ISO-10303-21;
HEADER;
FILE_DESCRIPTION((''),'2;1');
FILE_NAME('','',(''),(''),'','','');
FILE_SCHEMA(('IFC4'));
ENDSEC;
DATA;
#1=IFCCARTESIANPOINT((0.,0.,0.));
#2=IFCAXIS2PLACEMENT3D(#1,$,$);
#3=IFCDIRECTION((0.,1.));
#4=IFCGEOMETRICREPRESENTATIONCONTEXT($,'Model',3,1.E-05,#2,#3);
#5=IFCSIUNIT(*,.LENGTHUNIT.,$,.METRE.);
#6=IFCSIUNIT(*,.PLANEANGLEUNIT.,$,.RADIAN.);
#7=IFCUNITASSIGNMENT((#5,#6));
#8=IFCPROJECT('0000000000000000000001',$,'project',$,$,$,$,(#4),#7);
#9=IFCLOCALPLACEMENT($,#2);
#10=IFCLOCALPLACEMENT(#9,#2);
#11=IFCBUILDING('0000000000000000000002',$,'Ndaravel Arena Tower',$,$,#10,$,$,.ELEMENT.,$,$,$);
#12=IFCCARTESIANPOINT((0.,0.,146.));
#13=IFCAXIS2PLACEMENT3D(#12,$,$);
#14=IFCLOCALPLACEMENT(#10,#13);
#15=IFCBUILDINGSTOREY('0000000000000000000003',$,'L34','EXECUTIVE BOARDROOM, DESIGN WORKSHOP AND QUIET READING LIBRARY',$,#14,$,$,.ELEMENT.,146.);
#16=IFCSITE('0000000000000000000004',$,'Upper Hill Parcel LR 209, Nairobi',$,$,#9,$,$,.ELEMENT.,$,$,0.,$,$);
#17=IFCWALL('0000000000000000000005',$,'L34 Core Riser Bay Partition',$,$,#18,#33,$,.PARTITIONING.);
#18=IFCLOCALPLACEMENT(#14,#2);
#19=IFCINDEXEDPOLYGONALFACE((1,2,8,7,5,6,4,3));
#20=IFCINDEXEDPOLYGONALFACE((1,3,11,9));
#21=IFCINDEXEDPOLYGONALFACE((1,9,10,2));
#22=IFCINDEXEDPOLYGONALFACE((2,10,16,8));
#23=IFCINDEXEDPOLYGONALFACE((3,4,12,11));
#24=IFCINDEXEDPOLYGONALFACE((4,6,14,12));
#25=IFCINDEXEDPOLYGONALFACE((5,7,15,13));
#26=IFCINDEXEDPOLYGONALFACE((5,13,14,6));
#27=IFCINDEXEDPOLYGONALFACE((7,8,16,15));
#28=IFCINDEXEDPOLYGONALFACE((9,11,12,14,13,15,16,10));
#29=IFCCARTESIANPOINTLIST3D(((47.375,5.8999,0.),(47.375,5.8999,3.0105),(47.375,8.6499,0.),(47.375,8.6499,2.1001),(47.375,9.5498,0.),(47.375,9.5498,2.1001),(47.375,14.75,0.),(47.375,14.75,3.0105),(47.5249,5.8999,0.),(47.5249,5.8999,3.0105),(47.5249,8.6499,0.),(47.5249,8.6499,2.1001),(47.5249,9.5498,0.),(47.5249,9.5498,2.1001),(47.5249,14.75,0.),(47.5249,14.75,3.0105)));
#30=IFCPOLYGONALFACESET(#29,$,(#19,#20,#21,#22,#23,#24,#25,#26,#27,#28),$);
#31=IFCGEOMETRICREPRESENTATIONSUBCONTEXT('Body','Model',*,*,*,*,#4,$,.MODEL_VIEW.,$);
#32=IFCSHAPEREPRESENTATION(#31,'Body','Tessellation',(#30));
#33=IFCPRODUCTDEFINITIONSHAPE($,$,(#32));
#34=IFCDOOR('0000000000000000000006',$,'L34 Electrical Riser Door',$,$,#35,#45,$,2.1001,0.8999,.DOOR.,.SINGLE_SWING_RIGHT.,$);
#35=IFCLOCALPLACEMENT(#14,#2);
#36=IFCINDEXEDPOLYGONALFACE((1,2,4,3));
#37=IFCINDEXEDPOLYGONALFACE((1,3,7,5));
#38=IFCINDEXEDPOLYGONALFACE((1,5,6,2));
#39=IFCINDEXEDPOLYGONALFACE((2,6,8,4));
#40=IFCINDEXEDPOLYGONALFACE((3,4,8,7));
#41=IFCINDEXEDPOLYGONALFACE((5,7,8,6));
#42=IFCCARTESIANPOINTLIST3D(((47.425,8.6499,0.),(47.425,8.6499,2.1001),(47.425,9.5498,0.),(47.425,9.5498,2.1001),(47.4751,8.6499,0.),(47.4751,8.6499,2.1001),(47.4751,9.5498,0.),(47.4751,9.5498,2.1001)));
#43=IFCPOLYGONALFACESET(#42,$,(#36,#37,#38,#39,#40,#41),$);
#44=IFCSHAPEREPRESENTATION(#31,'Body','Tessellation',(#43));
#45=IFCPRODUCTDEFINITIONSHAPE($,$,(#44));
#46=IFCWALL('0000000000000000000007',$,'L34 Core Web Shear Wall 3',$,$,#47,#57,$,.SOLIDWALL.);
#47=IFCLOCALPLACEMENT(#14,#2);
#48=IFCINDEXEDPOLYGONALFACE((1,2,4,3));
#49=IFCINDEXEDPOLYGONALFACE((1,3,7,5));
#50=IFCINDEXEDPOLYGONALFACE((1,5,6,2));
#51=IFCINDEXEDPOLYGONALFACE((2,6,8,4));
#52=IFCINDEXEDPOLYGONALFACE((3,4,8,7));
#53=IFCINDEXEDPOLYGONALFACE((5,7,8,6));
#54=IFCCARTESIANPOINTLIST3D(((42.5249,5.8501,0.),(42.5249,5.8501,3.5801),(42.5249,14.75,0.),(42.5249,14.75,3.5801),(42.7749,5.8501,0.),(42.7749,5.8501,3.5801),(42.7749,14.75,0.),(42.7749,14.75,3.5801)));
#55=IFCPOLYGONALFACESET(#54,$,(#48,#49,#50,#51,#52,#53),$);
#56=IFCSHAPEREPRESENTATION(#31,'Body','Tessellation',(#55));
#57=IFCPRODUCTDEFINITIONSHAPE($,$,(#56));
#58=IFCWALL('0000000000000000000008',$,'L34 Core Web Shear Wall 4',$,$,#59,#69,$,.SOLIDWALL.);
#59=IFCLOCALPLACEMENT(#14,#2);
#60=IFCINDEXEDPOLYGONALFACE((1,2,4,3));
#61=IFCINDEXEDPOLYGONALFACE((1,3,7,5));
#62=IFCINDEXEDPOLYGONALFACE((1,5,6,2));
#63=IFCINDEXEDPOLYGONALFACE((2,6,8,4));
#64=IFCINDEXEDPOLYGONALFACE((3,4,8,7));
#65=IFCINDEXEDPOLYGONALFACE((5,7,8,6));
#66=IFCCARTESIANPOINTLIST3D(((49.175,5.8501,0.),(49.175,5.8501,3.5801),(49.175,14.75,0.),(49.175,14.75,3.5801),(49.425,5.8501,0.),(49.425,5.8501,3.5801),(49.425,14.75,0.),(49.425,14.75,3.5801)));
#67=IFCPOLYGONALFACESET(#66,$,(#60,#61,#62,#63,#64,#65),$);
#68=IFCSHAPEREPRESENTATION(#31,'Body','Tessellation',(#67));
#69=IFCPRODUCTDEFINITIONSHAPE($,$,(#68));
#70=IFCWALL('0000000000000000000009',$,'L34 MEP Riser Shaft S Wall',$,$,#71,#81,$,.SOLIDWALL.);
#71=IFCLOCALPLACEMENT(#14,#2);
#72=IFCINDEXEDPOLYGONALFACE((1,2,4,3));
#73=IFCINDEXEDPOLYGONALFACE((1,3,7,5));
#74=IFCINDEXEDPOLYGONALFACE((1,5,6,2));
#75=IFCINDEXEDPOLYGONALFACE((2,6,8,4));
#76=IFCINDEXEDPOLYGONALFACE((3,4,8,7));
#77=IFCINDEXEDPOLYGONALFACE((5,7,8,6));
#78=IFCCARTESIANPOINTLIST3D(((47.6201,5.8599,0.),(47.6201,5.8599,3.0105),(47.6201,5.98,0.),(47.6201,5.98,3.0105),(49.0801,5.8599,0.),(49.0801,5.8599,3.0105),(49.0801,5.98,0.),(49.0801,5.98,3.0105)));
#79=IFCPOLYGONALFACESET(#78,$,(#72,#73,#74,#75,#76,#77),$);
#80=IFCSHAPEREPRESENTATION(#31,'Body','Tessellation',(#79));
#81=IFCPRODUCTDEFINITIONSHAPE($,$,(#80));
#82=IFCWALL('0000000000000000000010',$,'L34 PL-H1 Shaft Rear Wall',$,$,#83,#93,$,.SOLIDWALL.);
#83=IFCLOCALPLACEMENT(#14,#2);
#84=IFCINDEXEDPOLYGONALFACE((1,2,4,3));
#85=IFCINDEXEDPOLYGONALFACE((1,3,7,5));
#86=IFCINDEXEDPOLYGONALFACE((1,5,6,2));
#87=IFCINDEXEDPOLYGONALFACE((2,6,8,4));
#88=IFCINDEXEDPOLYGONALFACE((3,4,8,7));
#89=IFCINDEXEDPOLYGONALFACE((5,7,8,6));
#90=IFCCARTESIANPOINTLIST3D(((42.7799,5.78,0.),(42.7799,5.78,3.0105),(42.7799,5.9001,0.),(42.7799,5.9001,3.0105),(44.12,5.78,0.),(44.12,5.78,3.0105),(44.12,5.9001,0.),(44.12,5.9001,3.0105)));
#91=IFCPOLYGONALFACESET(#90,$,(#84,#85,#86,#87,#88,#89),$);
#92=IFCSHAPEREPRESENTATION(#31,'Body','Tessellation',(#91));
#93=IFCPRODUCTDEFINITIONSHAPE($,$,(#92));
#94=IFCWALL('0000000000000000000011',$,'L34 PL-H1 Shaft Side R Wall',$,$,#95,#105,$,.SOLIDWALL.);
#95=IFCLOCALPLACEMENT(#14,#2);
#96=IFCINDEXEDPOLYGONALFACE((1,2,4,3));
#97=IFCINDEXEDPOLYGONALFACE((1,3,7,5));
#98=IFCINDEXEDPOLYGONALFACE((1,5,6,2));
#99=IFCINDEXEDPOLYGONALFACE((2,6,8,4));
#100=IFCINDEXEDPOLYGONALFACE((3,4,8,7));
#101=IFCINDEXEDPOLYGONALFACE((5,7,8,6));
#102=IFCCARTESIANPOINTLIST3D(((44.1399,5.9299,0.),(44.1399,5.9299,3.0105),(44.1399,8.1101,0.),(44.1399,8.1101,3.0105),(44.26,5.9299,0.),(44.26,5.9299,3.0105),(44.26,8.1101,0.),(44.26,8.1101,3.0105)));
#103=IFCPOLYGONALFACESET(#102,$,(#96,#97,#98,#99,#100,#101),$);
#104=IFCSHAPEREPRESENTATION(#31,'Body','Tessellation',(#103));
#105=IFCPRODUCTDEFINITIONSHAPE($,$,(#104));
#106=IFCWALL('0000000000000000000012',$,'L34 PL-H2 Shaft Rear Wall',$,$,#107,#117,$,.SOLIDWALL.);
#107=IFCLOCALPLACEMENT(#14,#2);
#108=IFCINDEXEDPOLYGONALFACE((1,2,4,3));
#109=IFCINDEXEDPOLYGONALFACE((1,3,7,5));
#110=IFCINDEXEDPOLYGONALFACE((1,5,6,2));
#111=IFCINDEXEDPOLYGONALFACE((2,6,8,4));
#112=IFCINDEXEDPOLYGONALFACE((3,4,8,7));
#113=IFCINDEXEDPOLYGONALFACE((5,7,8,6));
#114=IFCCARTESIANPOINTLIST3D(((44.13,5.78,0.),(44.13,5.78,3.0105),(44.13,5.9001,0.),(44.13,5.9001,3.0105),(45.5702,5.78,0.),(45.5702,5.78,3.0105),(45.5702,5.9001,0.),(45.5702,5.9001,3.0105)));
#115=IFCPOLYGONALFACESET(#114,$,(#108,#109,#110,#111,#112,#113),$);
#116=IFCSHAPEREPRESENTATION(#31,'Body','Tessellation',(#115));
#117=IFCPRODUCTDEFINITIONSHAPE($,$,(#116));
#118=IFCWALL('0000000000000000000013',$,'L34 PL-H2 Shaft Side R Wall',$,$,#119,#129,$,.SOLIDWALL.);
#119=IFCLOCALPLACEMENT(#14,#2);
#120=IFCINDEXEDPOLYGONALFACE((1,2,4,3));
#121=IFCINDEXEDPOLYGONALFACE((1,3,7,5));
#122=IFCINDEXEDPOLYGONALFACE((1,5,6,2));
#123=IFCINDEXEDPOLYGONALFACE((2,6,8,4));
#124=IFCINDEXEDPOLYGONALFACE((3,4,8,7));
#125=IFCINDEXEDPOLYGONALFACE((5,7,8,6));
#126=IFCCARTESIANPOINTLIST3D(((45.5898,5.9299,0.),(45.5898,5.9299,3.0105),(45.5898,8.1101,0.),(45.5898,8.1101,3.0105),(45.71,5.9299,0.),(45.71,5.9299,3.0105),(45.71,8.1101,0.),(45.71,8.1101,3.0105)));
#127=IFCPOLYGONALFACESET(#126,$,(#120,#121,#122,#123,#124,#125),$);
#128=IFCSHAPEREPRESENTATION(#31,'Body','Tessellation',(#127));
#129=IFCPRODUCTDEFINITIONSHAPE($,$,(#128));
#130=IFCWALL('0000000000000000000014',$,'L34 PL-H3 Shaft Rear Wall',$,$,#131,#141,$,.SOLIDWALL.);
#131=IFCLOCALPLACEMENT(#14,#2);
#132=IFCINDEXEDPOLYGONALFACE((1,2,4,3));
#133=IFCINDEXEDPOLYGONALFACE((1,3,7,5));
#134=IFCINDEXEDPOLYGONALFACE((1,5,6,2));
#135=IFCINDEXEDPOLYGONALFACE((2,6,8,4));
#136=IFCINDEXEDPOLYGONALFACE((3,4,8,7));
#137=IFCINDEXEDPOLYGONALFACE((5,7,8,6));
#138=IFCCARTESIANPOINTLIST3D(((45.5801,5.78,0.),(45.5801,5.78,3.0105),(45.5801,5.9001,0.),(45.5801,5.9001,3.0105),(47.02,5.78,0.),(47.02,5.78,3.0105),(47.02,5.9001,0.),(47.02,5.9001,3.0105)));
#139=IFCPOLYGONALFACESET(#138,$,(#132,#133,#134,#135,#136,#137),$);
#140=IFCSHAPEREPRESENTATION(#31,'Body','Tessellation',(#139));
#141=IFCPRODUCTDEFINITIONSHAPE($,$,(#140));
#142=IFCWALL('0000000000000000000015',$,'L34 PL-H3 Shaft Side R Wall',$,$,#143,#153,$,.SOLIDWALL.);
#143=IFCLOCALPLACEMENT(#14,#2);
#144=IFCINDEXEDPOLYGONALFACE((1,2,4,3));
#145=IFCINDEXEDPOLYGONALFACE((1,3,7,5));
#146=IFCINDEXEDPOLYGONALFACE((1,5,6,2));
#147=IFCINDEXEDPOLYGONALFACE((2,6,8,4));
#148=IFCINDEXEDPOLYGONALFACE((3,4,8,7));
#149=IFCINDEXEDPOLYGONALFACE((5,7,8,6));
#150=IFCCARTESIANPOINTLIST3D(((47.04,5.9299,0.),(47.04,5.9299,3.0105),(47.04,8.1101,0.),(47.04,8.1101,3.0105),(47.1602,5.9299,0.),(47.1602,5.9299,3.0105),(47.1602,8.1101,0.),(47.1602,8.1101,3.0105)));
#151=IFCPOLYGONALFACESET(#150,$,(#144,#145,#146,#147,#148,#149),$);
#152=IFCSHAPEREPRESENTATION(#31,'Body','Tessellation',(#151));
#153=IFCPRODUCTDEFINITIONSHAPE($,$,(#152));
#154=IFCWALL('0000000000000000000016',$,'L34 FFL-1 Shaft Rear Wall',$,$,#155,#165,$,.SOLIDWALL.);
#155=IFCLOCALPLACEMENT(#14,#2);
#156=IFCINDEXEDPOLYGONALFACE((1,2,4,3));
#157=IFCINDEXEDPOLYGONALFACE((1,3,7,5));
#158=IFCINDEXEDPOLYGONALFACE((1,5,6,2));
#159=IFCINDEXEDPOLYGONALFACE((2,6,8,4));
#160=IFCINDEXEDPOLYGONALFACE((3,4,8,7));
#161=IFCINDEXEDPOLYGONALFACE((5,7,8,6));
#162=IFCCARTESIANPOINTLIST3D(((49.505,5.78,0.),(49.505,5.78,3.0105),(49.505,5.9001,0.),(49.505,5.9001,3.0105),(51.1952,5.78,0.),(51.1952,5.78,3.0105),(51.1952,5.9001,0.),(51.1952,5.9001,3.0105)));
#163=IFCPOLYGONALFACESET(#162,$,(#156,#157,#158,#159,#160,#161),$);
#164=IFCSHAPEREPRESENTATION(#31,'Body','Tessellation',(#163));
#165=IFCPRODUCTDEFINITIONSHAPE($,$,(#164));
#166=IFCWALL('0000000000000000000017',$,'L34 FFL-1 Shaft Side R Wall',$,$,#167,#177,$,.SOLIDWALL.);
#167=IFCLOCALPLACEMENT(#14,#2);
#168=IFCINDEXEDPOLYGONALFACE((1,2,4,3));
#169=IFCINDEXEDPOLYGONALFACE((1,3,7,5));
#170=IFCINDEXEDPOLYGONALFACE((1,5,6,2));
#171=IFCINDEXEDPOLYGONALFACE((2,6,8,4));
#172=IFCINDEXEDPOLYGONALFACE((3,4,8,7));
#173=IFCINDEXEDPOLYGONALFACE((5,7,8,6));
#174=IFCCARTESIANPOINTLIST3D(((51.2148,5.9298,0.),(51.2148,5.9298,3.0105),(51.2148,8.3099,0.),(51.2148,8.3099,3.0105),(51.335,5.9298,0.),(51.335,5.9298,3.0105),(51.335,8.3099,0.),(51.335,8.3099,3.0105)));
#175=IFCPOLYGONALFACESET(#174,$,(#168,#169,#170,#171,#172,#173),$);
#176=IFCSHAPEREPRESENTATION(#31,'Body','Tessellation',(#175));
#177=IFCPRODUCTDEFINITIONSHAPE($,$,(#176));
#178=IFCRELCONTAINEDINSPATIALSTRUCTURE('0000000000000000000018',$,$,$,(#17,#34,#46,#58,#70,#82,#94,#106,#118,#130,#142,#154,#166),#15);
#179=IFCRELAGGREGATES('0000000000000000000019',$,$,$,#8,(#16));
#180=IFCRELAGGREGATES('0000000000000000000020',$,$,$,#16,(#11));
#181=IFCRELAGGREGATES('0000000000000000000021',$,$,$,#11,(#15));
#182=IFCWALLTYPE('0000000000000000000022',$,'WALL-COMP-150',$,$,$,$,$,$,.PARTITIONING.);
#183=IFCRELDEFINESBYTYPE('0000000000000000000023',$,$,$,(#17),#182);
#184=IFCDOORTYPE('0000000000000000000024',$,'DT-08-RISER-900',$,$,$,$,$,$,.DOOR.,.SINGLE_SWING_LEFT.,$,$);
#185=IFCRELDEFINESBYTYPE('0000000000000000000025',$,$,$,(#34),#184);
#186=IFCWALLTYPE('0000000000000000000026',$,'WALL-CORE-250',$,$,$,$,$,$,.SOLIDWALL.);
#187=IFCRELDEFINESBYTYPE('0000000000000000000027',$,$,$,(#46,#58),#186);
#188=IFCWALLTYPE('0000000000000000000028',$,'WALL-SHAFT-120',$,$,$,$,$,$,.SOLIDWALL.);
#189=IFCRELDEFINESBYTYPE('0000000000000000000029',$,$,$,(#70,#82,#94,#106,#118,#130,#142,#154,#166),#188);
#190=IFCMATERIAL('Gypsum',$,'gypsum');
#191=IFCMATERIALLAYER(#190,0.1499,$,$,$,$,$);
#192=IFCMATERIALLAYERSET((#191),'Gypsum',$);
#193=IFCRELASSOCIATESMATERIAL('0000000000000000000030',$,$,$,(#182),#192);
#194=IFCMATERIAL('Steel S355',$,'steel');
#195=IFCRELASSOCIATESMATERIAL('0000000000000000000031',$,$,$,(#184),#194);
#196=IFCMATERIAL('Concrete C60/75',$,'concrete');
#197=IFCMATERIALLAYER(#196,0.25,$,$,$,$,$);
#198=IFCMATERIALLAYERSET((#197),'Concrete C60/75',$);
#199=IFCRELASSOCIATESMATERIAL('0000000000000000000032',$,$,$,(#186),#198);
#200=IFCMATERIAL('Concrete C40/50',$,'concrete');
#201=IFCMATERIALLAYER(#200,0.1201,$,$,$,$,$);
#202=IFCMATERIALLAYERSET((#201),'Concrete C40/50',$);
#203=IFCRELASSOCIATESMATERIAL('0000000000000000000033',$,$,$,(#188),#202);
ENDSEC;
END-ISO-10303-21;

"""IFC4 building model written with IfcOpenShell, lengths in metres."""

from ifc_helpers import new_model, si_unit, direction, frame, frame_2d, origin, place, context, subcontext, project, spatial, rectangle, extrude, material, layer, layer_set, type_object, element, fill, save


model = new_model("IFC4")

# Units and contexts
model_context = context("Model", 3, precision=1e-05, world=origin(), true_north=direction((0.0, 1.0)))
body_context = subcontext(model_context, "Body", "Model", "MODEL_VIEW")
ifc_project = project(units=[si_unit("LENGTHUNIT", "METRE"), si_unit("PLANEANGLEUNIT", "RADIAN")], contexts=[model_context])

# Site, building, storey
site_placement = place(None, origin())
site = spatial("IfcSite", under=ifc_project, at=site_placement, Name="Upper Hill Parcel LR 209, Nairobi", CompositionType="ELEMENT", RefElevation=0.0)
building_placement = place(site_placement, origin())
building = spatial("IfcBuilding", under=site, at=building_placement, Name="Ndaravel Arena Tower", CompositionType="ELEMENT")
storey_placement = place(building_placement, frame((0.0, 0.0, 146.0)))
storey = spatial("IfcBuildingStorey", under=building, at=storey_placement, Name="L34", Description="EXECUTIVE BOARDROOM, DESIGN WORKSHOP AND QUIET READING LIBRARY", CompositionType="ELEMENT", Elevation=146.0)

# Wall, opening, door
ifc_material_1 = material(Name="Gypsum", Category="gypsum")
ifc_layer_1 = layer(ifc_material_1, 0.1499)
ifc_layer_set_1 = layer_set([ifc_layer_1], Name="Gypsum")
wall_type_1 = type_object("IfcWallType", Name="WALL-COMP-150", PredefinedType="PARTITIONING", material=ifc_layer_set_1)
wall_1_placement = place(storey_placement, frame((47.45, 5.8999, 0.0), z_axis=(0.0, 0.0, 1.0), x_axis=(0.0, 1.0, 0.0)))
wall_1 = element("IfcWall", 1, at=wall_1_placement, inside=storey, type_object=wall_type_1, Name="L34 Core Riser Bay Partition", PredefinedType="PARTITIONING", context=body_context, shape_type="SweptSolid", body=[
    extrude(rectangle(XDim=8.8501, YDim=0.1499, at=frame_2d((4.425, 0.0))), origin(), (0.0, 0.0, 1.0), 3.0105),
])
opening_placement = place(wall_1_placement, frame((2.75, 0.0, 0.0)))
opening = element("IfcOpeningElement", 2, at=opening_placement, cuts=wall_1, PredefinedType="OPENING", context=body_context, shape_type="SweptSolid", body=[
    extrude(rectangle(XDim=0.8999, YDim=2.1001, at=frame_2d((0.45, 1.05))), frame((0.0, 0.075, 0.0), z_axis=(0.0, -1.0, 0.0), x_axis=(1.0, 0.0, 0.0)), (0.0, 0.0, 1.0), 0.1499),
])
ifc_material_2 = material(Name="Steel S355", Category="steel")
door_type = type_object("IfcDoorType", Name="DT-08-RISER-900", OperationType="SINGLE_SWING_LEFT", PredefinedType="DOOR", material=ifc_material_2)
door_placement = place(opening_placement, origin())
door = element("IfcDoor", 3, at=door_placement, inside=storey, type_object=door_type, Name="L34 Electrical Riser Door", OperationType="SINGLE_SWING_RIGHT", OverallHeight=2.1001, OverallWidth=0.8999, PredefinedType="DOOR", context=body_context, shape_type="SweptSolid", body=[
    extrude(rectangle(XDim=0.8999, YDim=2.1001, at=frame_2d((0.45, 1.05))), frame((0.0, 0.0249, 0.0), z_axis=(0.0, -1.0, 0.0), x_axis=(1.0, 0.0, 0.0)), (0.0, 0.0, 1.0), 0.05),
])
fill(opening, door)

# Walls
ifc_material_3 = material(Name="Concrete C60/75", Category="concrete")
ifc_layer_2 = layer(ifc_material_3, 0.25)
ifc_layer_set_2 = layer_set([ifc_layer_2], Name="Concrete C60/75")
wall_type_2 = type_object("IfcWallType", Name="WALL-CORE-250", PredefinedType="SOLIDWALL", material=ifc_layer_set_2)
for number, where, z_axis, x_axis, name in (
    (4, (42.6499, 5.8501, 0.0), (0.0, 0.0, 1.0), (0.0, 1.0, 0.0), "L34 Core Web Shear Wall 3"),
    (5, (49.3, 5.8501, 0.0), (0.0, 0.0, 1.0), (0.0, 1.0, 0.0), "L34 Core Web Shear Wall 4"),
):
    element("IfcWall", number, at=place(storey_placement, frame(where, z_axis=z_axis, x_axis=x_axis)), inside=storey, type_object=wall_type_2, Name=name, PredefinedType="SOLIDWALL", context=body_context, shape_type="SweptSolid", body=[
        extrude(rectangle(XDim=8.8999, YDim=0.25, at=frame_2d((4.45, 0.0))), origin(), (0.0, 0.0, 1.0), 3.5801),
    ])
ifc_material_4 = material(Name="Concrete C40/50", Category="concrete")
ifc_layer_3 = layer(ifc_material_4, 0.1201)
ifc_layer_set_3 = layer_set([ifc_layer_3], Name="Concrete C40/50")
wall_type_3 = type_object("IfcWallType", Name="WALL-SHAFT-120", PredefinedType="SOLIDWALL", material=ifc_layer_set_3)
wall_2_placement = place(storey_placement, frame((47.6201, 5.9199, 0.0), z_axis=(0.0, 0.0, 1.0), x_axis=(1.0, 0.0, 0.0)))
element("IfcWall", 6, at=wall_2_placement, inside=storey, type_object=wall_type_3, Name="L34 MEP Riser Shaft S Wall", PredefinedType="SOLIDWALL", context=body_context, shape_type="SweptSolid", body=[
    extrude(rectangle(XDim=1.46, YDim=0.1201, at=frame_2d((0.73, 0.0))), origin(), (0.0, 0.0, 1.0), 3.0105),
])
wall_3_placement = place(storey_placement, frame((42.78, 5.8401, 0.0), z_axis=(0.0, 0.0, 1.0), x_axis=(1.0, 0.0, 0.0)))
element("IfcWall", 7, at=wall_3_placement, inside=storey, type_object=wall_type_3, Name="L34 PL-H1 Shaft Rear Wall", PredefinedType="SOLIDWALL", context=body_context, shape_type="SweptSolid", body=[
    extrude(rectangle(XDim=1.3401, YDim=0.1201, at=frame_2d((0.6699, 0.0))), origin(), (0.0, 0.0, 1.0), 3.0105),
])
wall_4_placement = place(storey_placement, frame((44.2, 5.9299, 0.0), z_axis=(0.0, 0.0, 1.0), x_axis=(0.0, 1.0, 0.0)))
element("IfcWall", 8, at=wall_4_placement, inside=storey, type_object=wall_type_3, Name="L34 PL-H1 Shaft Side R Wall", PredefinedType="SOLIDWALL", context=body_context, shape_type="SweptSolid", body=[
    extrude(rectangle(XDim=2.1802, YDim=0.1201, at=frame_2d((1.0901, 0.0))), origin(), (0.0, 0.0, 1.0), 3.0105),
])
wall_5_placement = place(storey_placement, frame((44.1299, 5.8401, 0.0), z_axis=(0.0, 0.0, 1.0), x_axis=(1.0, 0.0, 0.0)))
element("IfcWall", 9, at=wall_5_placement, inside=storey, type_object=wall_type_3, Name="L34 PL-H2 Shaft Rear Wall", PredefinedType="SOLIDWALL", context=body_context, shape_type="SweptSolid", body=[
    extrude(rectangle(XDim=1.4402, YDim=0.1201, at=frame_2d((0.7202, 0.0))), origin(), (0.0, 0.0, 1.0), 3.0105),
])
wall_6_placement = place(storey_placement, frame((45.6499, 5.9299, 0.0), z_axis=(0.0, 0.0, 1.0), x_axis=(0.0, 1.0, 0.0)))
element("IfcWall", 10, at=wall_6_placement, inside=storey, type_object=wall_type_3, Name="L34 PL-H2 Shaft Side R Wall", PredefinedType="SOLIDWALL", context=body_context, shape_type="SweptSolid", body=[
    extrude(rectangle(XDim=2.1802, YDim=0.1201, at=frame_2d((1.0901, 0.0))), origin(), (0.0, 0.0, 1.0), 3.0105),
])
wall_7_placement = place(storey_placement, frame((45.5801, 5.8401, 0.0), z_axis=(0.0, 0.0, 1.0), x_axis=(1.0, 0.0, 0.0)))
element("IfcWall", 11, at=wall_7_placement, inside=storey, type_object=wall_type_3, Name="L34 PL-H3 Shaft Rear Wall", PredefinedType="SOLIDWALL", context=body_context, shape_type="SweptSolid", body=[
    extrude(rectangle(XDim=1.4399, YDim=0.1201, at=frame_2d((0.72, 0.0))), origin(), (0.0, 0.0, 1.0), 3.0105),
])
wall_8_placement = place(storey_placement, frame((47.1001, 5.9299, 0.0), z_axis=(0.0, 0.0, 1.0), x_axis=(0.0, 1.0, 0.0)))
element("IfcWall", 12, at=wall_8_placement, inside=storey, type_object=wall_type_3, Name="L34 PL-H3 Shaft Side R Wall", PredefinedType="SOLIDWALL", context=body_context, shape_type="SweptSolid", body=[
    extrude(rectangle(XDim=2.1802, YDim=0.1201, at=frame_2d((1.0901, 0.0))), origin(), (0.0, 0.0, 1.0), 3.0105),
])
wall_9_placement = place(storey_placement, frame((49.5049, 5.8401, 0.0), z_axis=(0.0, 0.0, 1.0), x_axis=(1.0, 0.0, 0.0)))
element("IfcWall", 13, at=wall_9_placement, inside=storey, type_object=wall_type_3, Name="L34 FFL-1 Shaft Rear Wall", PredefinedType="SOLIDWALL", context=body_context, shape_type="SweptSolid", body=[
    extrude(rectangle(XDim=1.6902, YDim=0.1201, at=frame_2d((0.8452, 0.0))), origin(), (0.0, 0.0, 1.0), 3.0105),
])
wall_10_placement = place(storey_placement, frame((51.2749, 5.9299, 0.0), z_axis=(0.0, 0.0, 1.0), x_axis=(0.0, 1.0, 0.0)))
element("IfcWall", 14, at=wall_10_placement, inside=storey, type_object=wall_type_3, Name="L34 FFL-1 Shaft Side R Wall", PredefinedType="SOLIDWALL", context=body_context, shape_type="SweptSolid", body=[
    extrude(rectangle(XDim=2.3801, YDim=0.1201, at=frame_2d((1.1899, 0.0))), origin(), (0.0, 0.0, 1.0), 3.0105),
])

save(model, "model.ifc")
